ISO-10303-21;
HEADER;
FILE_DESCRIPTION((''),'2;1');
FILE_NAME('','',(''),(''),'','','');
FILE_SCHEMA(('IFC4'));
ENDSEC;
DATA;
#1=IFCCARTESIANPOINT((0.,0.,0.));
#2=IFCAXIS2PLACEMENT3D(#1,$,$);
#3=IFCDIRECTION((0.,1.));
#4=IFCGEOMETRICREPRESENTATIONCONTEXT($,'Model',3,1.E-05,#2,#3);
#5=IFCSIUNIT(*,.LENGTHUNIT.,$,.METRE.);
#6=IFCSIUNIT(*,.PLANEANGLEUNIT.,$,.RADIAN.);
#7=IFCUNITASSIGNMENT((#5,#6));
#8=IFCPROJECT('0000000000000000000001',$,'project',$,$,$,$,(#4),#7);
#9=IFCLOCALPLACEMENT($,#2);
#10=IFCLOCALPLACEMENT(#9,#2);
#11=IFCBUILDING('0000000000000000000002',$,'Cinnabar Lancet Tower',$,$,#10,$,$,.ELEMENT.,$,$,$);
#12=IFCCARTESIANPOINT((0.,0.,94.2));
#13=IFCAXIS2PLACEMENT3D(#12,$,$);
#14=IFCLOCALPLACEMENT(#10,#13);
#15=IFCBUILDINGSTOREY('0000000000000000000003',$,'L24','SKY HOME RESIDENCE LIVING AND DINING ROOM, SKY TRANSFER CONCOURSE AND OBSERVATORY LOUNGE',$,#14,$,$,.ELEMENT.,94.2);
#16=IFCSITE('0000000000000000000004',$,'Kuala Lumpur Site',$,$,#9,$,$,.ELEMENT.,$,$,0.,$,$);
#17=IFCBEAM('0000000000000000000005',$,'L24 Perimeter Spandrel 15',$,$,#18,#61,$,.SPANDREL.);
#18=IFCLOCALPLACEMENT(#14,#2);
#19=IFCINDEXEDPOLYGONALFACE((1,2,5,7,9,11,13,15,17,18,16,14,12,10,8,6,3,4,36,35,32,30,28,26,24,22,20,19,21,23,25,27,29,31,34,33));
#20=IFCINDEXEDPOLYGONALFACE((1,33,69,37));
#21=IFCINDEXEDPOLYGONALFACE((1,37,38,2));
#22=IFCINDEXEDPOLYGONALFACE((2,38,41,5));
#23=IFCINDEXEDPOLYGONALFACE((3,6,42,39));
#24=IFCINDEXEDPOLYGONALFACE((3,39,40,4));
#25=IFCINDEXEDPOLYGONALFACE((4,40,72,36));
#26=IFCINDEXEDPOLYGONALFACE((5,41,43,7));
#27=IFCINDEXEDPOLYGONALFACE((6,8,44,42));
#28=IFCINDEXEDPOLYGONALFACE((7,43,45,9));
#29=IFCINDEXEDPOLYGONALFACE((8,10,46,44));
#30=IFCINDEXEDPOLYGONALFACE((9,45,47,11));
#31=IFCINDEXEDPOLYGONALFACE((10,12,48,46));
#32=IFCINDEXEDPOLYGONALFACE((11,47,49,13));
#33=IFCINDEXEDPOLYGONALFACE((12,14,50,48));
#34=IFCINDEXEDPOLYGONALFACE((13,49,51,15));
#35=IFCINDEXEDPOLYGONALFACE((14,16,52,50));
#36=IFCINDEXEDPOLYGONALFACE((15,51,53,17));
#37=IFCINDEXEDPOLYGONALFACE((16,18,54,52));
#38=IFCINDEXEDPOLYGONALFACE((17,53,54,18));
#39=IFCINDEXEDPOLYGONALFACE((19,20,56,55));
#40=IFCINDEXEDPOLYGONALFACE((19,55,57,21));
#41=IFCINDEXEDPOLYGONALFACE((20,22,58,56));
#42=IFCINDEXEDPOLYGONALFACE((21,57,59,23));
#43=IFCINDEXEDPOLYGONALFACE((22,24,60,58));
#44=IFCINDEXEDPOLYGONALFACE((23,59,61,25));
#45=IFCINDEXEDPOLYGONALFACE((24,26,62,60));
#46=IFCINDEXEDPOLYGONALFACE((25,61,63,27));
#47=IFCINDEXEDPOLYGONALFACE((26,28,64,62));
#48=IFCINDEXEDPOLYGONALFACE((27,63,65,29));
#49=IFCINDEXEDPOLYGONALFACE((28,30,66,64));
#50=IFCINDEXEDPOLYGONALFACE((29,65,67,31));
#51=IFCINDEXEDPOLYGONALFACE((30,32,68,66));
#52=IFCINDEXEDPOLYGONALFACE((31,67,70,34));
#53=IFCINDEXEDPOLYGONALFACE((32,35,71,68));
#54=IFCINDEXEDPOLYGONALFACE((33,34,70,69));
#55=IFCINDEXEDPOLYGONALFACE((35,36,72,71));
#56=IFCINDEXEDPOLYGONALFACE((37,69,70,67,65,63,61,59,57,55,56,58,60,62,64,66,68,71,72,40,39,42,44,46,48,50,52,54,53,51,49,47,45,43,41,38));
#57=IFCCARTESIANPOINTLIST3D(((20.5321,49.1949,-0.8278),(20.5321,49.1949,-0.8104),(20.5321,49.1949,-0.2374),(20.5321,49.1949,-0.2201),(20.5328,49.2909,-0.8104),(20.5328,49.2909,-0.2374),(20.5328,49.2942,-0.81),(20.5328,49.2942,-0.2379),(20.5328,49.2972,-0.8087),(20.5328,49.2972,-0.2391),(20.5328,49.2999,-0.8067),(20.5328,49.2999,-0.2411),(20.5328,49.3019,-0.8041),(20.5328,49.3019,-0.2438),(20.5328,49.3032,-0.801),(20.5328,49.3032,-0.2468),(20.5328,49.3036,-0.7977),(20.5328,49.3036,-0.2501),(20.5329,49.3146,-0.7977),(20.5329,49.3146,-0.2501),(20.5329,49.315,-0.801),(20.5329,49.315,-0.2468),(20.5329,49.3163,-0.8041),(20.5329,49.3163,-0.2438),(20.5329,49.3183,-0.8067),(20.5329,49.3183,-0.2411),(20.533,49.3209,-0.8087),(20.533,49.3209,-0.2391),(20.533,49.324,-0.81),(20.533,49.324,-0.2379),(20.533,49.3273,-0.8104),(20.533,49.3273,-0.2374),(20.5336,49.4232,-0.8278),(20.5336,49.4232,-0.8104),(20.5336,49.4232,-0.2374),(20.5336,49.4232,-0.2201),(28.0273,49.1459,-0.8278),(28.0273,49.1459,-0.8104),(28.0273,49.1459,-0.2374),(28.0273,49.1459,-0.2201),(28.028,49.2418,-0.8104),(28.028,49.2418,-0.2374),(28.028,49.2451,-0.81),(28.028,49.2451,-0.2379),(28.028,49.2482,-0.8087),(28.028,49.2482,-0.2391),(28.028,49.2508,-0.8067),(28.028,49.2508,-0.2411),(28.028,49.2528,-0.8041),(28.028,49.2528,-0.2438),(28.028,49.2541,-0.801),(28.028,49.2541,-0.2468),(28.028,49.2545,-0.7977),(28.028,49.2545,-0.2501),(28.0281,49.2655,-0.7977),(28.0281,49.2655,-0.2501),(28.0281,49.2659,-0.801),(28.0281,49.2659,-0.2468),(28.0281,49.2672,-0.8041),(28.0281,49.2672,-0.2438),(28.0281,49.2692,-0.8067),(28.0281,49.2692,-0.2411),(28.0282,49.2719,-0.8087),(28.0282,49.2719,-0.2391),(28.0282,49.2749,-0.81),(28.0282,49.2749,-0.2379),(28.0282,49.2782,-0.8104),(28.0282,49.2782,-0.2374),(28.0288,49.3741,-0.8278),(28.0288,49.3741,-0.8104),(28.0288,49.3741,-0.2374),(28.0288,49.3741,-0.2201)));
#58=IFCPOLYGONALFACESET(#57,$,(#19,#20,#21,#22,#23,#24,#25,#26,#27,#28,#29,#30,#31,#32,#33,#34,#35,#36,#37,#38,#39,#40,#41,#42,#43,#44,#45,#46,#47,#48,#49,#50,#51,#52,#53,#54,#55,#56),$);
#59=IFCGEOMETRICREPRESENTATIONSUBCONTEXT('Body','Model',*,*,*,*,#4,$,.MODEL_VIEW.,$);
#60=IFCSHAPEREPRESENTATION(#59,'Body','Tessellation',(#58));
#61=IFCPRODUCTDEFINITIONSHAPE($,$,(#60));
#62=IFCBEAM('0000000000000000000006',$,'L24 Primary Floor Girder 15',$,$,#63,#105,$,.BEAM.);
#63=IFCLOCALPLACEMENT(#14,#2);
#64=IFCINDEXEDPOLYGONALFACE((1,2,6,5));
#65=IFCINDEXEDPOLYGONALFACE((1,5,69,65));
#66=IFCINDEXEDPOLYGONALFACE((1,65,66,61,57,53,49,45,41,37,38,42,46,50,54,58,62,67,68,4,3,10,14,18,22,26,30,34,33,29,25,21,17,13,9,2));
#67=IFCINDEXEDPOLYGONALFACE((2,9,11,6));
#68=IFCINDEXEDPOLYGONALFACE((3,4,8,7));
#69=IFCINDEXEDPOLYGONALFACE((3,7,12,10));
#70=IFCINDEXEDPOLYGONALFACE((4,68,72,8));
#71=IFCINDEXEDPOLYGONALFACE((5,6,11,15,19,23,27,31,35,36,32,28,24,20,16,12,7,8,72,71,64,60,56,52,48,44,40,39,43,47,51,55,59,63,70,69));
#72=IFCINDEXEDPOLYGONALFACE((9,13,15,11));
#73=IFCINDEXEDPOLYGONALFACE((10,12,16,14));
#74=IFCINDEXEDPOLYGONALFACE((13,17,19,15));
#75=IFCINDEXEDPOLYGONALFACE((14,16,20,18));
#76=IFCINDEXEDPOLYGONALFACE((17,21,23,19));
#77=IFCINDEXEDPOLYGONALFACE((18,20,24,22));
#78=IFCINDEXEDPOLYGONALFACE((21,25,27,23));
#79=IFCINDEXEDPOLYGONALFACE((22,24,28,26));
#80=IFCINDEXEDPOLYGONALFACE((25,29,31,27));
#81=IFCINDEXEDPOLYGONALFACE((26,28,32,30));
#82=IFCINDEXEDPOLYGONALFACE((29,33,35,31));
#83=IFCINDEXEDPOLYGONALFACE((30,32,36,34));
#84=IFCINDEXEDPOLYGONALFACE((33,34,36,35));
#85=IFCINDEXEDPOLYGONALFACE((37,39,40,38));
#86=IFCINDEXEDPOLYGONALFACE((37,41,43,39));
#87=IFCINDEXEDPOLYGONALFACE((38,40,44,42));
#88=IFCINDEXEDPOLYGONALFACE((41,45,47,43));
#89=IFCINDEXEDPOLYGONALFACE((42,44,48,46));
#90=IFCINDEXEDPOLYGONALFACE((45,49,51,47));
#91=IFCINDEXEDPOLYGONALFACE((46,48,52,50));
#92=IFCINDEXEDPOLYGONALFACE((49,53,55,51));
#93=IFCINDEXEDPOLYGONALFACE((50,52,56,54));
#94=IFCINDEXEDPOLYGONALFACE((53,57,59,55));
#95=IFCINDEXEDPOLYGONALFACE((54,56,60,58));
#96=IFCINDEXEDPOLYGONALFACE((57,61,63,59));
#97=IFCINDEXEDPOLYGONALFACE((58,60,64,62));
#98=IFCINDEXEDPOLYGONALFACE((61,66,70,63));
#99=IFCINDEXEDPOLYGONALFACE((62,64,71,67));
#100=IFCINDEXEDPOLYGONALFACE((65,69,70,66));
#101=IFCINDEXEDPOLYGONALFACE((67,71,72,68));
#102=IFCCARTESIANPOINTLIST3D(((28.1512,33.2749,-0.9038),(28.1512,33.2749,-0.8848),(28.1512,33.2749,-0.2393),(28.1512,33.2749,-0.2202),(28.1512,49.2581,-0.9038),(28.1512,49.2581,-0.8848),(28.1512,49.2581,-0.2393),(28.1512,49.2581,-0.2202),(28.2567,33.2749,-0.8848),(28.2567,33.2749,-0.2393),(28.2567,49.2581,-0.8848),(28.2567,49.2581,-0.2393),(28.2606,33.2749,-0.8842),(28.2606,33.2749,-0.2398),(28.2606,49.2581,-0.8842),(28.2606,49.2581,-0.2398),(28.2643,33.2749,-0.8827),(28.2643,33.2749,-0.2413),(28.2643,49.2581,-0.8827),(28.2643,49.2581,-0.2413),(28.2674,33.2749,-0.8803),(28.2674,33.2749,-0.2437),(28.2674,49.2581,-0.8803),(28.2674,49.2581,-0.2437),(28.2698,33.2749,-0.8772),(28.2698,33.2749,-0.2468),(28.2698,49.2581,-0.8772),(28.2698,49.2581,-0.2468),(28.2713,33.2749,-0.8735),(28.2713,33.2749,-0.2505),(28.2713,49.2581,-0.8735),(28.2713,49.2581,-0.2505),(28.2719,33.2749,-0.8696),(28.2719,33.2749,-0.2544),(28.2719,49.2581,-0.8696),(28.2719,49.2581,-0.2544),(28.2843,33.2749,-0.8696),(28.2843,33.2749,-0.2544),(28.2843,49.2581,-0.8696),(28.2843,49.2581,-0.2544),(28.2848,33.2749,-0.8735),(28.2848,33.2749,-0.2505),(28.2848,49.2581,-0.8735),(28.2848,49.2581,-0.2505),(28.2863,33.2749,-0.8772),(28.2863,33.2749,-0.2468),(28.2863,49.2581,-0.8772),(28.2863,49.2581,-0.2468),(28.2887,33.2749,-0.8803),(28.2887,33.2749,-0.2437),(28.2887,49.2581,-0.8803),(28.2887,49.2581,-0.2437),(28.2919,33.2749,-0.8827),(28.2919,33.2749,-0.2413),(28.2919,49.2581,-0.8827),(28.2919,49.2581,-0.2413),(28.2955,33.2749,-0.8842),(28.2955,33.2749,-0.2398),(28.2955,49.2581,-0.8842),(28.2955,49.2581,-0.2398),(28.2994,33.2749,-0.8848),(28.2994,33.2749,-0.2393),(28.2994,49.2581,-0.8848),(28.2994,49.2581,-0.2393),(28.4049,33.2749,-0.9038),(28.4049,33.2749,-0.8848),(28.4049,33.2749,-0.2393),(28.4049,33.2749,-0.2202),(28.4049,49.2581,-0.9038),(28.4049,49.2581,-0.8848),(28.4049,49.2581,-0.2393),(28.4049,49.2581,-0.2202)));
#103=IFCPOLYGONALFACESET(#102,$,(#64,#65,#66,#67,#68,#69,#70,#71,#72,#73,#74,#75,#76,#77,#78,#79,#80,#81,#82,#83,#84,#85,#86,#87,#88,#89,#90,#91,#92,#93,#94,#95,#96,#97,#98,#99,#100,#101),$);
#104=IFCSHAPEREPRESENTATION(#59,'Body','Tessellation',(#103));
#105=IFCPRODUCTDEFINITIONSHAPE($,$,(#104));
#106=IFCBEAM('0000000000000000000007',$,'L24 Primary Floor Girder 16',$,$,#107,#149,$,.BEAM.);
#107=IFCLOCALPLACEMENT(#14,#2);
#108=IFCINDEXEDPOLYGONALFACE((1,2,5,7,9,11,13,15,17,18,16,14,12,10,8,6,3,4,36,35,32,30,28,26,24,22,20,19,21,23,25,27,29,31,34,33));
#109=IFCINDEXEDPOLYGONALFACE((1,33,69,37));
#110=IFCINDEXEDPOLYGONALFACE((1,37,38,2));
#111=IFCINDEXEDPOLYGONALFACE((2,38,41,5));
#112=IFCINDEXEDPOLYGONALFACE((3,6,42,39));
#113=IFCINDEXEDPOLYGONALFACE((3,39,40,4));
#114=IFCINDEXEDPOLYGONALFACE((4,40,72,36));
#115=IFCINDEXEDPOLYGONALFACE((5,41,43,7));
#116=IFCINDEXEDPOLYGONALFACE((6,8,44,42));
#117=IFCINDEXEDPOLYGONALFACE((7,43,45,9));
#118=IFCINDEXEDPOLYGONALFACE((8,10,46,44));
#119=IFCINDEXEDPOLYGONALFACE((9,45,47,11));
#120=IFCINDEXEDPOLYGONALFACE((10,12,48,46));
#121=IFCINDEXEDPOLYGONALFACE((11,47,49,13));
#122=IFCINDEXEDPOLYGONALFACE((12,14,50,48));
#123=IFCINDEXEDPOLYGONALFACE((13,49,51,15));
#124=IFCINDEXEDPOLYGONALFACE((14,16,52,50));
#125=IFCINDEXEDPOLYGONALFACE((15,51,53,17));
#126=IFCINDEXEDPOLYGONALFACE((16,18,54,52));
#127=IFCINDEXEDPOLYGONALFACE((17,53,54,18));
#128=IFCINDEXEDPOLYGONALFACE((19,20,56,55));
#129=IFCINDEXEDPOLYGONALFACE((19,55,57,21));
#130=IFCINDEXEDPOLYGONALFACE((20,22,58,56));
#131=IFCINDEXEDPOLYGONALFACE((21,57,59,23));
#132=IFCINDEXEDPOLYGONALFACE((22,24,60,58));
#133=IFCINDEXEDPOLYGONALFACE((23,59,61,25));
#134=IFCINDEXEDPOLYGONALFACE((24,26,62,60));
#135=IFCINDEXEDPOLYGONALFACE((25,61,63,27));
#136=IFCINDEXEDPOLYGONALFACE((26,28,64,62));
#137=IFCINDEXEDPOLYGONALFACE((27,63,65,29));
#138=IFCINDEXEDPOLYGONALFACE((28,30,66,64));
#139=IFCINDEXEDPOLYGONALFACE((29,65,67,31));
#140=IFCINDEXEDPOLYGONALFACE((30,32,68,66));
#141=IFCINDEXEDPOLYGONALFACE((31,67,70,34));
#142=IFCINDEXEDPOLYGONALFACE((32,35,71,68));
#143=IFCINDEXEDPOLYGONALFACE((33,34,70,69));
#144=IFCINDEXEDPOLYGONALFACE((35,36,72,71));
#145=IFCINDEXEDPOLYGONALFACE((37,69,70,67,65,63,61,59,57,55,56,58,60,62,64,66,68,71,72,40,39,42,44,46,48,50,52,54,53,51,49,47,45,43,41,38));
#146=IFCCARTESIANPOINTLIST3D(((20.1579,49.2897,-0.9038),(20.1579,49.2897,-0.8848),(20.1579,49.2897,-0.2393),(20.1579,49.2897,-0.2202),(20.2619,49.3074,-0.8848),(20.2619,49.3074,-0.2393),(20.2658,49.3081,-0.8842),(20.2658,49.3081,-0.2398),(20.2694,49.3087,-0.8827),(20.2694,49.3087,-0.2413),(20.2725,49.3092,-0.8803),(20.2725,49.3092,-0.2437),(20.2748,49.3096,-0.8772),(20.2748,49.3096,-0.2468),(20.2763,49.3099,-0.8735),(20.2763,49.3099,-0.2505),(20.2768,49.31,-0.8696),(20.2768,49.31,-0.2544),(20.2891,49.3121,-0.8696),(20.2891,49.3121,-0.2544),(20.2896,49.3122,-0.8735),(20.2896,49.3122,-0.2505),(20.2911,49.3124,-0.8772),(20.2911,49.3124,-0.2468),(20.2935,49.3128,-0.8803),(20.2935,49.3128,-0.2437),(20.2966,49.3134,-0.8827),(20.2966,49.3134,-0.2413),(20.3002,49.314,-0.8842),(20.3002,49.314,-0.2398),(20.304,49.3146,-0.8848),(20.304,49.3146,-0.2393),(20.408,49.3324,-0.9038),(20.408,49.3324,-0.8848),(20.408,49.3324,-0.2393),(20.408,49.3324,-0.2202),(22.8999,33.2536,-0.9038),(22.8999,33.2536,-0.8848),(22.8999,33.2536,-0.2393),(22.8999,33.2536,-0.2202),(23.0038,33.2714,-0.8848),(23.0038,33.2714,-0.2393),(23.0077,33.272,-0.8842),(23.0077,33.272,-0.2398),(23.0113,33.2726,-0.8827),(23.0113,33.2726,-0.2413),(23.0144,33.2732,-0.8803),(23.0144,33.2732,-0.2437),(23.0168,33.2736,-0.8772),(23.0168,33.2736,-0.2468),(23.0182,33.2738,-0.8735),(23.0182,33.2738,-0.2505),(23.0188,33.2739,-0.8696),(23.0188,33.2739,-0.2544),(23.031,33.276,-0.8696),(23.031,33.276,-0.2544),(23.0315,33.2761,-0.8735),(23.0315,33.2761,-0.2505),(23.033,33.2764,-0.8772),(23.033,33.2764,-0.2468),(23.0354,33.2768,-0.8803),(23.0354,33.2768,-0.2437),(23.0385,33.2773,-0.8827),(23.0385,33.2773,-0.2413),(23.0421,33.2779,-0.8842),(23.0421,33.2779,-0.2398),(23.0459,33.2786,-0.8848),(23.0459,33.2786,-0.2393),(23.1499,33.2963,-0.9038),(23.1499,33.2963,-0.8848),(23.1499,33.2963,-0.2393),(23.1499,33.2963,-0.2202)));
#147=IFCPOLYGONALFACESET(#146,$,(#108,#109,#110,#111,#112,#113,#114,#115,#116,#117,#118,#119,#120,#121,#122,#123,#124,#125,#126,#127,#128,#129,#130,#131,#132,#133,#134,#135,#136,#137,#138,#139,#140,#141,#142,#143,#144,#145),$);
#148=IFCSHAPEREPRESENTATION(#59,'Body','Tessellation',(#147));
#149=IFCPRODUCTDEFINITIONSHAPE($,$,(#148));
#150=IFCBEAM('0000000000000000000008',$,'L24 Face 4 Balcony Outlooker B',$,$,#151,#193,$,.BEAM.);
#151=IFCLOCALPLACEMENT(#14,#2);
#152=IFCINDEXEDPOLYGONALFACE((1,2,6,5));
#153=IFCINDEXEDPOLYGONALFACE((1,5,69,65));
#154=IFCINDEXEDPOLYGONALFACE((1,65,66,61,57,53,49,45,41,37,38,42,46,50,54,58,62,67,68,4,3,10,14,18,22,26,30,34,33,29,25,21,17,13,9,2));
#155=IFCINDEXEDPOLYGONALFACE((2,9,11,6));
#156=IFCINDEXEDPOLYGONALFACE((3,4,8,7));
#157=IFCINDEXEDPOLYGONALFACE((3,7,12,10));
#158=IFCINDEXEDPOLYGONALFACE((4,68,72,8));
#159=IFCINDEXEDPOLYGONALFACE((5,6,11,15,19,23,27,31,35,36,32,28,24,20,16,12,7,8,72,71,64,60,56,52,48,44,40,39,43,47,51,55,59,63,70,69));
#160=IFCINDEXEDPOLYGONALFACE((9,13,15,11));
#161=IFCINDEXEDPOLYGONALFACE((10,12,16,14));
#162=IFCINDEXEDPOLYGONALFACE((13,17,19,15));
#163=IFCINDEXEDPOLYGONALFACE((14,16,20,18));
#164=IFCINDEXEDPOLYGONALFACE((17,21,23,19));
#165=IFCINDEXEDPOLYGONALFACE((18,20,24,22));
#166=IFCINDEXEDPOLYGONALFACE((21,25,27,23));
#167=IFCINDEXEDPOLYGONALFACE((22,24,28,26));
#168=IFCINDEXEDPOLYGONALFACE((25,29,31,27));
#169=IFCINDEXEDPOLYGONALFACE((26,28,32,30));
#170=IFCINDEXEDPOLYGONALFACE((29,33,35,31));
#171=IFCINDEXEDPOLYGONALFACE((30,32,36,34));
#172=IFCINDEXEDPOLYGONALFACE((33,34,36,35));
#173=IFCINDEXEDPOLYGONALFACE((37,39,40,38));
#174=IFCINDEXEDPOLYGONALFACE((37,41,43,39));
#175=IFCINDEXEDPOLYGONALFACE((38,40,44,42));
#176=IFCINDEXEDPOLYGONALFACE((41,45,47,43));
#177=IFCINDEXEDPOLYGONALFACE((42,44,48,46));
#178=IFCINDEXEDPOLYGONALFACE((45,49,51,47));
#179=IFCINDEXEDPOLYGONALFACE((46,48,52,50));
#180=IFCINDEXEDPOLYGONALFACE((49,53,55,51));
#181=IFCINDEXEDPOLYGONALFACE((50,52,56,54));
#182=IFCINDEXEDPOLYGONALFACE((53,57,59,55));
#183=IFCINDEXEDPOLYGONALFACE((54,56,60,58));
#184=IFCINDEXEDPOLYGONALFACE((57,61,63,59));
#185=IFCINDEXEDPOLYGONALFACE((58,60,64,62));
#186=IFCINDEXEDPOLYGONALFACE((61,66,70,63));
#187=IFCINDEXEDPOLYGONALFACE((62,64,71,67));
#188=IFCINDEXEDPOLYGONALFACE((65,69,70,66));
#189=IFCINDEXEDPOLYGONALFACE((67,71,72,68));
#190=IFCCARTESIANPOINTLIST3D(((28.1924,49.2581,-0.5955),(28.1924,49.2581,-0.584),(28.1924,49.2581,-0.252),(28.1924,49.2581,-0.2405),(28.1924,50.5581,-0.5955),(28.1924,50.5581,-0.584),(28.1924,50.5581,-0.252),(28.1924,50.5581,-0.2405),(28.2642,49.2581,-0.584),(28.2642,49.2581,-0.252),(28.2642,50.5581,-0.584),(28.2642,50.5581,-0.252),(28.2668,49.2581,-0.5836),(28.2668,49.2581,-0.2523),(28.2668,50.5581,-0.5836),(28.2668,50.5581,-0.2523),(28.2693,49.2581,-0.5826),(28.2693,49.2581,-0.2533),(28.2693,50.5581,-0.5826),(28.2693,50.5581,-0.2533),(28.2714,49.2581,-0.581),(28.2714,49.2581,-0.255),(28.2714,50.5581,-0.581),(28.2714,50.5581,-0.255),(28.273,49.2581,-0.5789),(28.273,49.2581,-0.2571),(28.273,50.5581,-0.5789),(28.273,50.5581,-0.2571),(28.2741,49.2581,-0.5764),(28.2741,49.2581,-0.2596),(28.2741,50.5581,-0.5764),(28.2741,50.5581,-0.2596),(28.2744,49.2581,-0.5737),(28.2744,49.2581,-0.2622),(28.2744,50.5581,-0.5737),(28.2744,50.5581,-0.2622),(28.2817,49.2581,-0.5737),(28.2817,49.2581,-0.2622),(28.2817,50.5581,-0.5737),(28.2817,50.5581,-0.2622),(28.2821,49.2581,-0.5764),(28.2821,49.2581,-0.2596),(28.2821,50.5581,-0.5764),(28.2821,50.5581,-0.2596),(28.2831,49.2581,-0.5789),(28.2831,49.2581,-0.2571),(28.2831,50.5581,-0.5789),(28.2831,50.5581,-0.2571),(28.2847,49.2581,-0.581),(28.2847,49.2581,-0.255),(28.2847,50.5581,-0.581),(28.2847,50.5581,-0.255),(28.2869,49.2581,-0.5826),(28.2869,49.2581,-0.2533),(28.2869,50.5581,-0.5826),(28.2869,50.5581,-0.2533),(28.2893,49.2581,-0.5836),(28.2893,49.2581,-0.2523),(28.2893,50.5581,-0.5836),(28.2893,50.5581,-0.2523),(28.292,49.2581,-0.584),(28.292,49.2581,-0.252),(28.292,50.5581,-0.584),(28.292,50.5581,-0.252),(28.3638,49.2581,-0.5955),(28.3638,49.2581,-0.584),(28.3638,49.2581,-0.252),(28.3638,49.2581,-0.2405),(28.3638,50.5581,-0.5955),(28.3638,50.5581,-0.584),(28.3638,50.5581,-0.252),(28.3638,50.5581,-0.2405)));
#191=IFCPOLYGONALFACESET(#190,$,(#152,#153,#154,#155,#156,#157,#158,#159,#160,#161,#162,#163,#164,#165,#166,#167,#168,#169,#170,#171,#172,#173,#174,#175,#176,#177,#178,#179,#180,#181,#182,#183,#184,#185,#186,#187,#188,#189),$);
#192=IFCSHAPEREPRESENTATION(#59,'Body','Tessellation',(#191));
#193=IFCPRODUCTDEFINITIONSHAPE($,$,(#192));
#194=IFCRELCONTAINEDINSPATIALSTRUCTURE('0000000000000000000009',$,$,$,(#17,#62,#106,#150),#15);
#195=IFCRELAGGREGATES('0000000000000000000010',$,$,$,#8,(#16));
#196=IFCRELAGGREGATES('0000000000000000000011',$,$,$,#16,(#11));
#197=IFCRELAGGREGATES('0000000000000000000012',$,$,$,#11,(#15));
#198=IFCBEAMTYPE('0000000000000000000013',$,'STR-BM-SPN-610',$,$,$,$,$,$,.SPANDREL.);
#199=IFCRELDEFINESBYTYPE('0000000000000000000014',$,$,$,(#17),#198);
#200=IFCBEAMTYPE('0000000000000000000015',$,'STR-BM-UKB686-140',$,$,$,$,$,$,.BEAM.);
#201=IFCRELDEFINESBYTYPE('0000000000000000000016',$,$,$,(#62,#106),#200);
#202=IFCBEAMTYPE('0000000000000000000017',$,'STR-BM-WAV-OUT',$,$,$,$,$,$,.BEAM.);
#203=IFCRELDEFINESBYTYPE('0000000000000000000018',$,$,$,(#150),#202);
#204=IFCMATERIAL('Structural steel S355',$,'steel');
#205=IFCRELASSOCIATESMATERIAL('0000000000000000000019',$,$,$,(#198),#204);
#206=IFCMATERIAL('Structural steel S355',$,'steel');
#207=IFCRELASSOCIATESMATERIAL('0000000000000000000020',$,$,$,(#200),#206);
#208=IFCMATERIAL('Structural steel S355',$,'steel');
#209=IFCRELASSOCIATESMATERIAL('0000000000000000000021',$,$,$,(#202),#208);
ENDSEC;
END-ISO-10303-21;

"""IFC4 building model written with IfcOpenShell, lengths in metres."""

from ifc_helpers import new_model, si_unit, direction, frame, origin, origin_2d, place, context, subcontext, project, spatial, i_section, extrude, material, material_profile, profile_set, type_object, element, save


model = new_model("IFC4")

# Units and contexts
model_context = context("Model", 3, precision=1e-05, world=origin(), true_north=direction((0.0, 1.0)))
body_context = subcontext(model_context, "Body", "Model", "MODEL_VIEW")
ifc_project = project(units=[si_unit("LENGTHUNIT", "METRE"), si_unit("PLANEANGLEUNIT", "RADIAN")], contexts=[model_context])

# Site, building, storey
site_placement = place(None, origin())
site = spatial("IfcSite", under=ifc_project, at=site_placement, Name="Kuala Lumpur Site", CompositionType="ELEMENT", RefElevation=0.0)
building_placement = place(site_placement, origin())
building = spatial("IfcBuilding", under=site, at=building_placement, Name="Cinnabar Lancet Tower", CompositionType="ELEMENT")
storey_placement = place(building_placement, frame((0.0, 0.0, 94.2)))
storey = spatial("IfcBuildingStorey", under=building, at=storey_placement, Name="L24", Description="SKY HOME RESIDENCE LIVING AND DINING ROOM, SKY TRANSFER CONCOURSE AND OBSERVATORY LOUNGE", CompositionType="ELEMENT", Elevation=94.2)

# Beams
ifc_material_1 = material(Name="Structural steel S355", Category="steel")
ifc_material_profile_1 = material_profile(ifc_material_1, i_section(OverallWidth=0.2283, OverallDepth=0.6077, WebThickness=0.011, FlangeThickness=0.0173, FilletRadius=0.0127, at=origin_2d()), Name="UKB 610x229x113")
ifc_profile_set_1 = profile_set([ifc_material_profile_1], Name="Structural steel S355")
beam_type_1 = type_object("IfcBeamType", Name="STR-BM-SPN-610", PredefinedType="SPANDREL", material=ifc_profile_set_1)
beam_1_placement = place(storey_placement, frame((28.0281, 49.26, -0.5239), z_axis=(-0.999979, 0.006547, 0.0), x_axis=(-0.006547, -0.999979, 0.0)))
element("IfcBeam", 1, at=beam_1_placement, inside=storey, type_object=beam_type_1, Name="L24 Perimeter Spandrel 15", PredefinedType="SPANDREL", context=body_context, shape_type="SweptSolid", body=[
    extrude(i_section(OverallWidth=0.2283, OverallDepth=0.6077, WebThickness=0.011, FlangeThickness=0.0173, FilletRadius=0.0127, at=origin_2d()), origin(), (0.0, 0.0, 1.0), 7.4954),
])
ifc_material_2 = material(Name="Structural steel S355", Category="steel")
ifc_material_profile_2 = material_profile(ifc_material_2, i_section(OverallWidth=0.2537, OverallDepth=0.6836, WebThickness=0.0125, FlangeThickness=0.019, FilletRadius=0.0151, at=origin_2d()), Name="UKB 686x254x140")
ifc_profile_set_2 = profile_set([ifc_material_profile_2], Name="Structural steel S355")
beam_type_2 = type_object("IfcBeamType", Name="STR-BM-UKB686-140", PredefinedType="BEAM", material=ifc_profile_set_2)
beam_2_placement = place(storey_placement, frame((28.2781, 49.2581, -0.562), z_axis=(0.0, -1.0, 0.0), x_axis=(1.0, 0.0, 0.0)))
element("IfcBeam", 2, at=beam_2_placement, inside=storey, type_object=beam_type_2, Name="L24 Primary Floor Girder 15", PredefinedType="BEAM", context=body_context, shape_type="SweptSolid", body=[
    extrude(i_section(OverallWidth=0.2537, OverallDepth=0.6836, WebThickness=0.0125, FlangeThickness=0.019, FilletRadius=0.0151, at=origin_2d()), origin(), (0.0, 0.0, 1.0), 15.9832),
])
beam_3_placement = place(storey_placement, frame((20.283, 49.311, -0.562), z_axis=(0.168539, -0.985695, 0.0), x_axis=(0.985695, 0.168539, 0.0)))
element("IfcBeam", 3, at=beam_3_placement, inside=storey, type_object=beam_type_2, Name="L24 Primary Floor Girder 16", PredefinedType="BEAM", context=body_context, shape_type="SweptSolid", body=[
    extrude(i_section(OverallWidth=0.2537, OverallDepth=0.6836, WebThickness=0.0125, FlangeThickness=0.019, FilletRadius=0.0151, at=origin_2d()), origin(), (0.0, 0.0, 1.0), 16.2688),
])
ifc_material_3 = material(Name="Structural steel S355", Category="steel")
ifc_material_profile_3 = material_profile(ifc_material_3, i_section(OverallWidth=0.1714, OverallDepth=0.355, WebThickness=0.0073, FlangeThickness=0.0115, FilletRadius=0.0103, at=origin_2d()), Name="UKB 356x171x51")
ifc_profile_set_3 = profile_set([ifc_material_profile_3], Name="Structural steel S355")
beam_type_3 = type_object("IfcBeamType", Name="STR-BM-WAV-OUT", PredefinedType="BEAM", material=ifc_profile_set_3)
beam_4_placement = place(storey_placement, frame((28.2781, 49.2581, -0.418), z_axis=(0.0, 1.0, 0.0), x_axis=(-1.0, 0.0, 0.0)))
element("IfcBeam", 4, at=beam_4_placement, inside=storey, type_object=beam_type_3, Name="L24 Face 4 Balcony Outlooker B", PredefinedType="BEAM", context=body_context, shape_type="SweptSolid", body=[
    extrude(i_section(OverallWidth=0.1714, OverallDepth=0.355, WebThickness=0.0073, FlangeThickness=0.0115, FilletRadius=0.0103, at=origin_2d()), origin(), (0.0, 0.0, 1.0), 1.3),
])

save(model, "model.ifc")
